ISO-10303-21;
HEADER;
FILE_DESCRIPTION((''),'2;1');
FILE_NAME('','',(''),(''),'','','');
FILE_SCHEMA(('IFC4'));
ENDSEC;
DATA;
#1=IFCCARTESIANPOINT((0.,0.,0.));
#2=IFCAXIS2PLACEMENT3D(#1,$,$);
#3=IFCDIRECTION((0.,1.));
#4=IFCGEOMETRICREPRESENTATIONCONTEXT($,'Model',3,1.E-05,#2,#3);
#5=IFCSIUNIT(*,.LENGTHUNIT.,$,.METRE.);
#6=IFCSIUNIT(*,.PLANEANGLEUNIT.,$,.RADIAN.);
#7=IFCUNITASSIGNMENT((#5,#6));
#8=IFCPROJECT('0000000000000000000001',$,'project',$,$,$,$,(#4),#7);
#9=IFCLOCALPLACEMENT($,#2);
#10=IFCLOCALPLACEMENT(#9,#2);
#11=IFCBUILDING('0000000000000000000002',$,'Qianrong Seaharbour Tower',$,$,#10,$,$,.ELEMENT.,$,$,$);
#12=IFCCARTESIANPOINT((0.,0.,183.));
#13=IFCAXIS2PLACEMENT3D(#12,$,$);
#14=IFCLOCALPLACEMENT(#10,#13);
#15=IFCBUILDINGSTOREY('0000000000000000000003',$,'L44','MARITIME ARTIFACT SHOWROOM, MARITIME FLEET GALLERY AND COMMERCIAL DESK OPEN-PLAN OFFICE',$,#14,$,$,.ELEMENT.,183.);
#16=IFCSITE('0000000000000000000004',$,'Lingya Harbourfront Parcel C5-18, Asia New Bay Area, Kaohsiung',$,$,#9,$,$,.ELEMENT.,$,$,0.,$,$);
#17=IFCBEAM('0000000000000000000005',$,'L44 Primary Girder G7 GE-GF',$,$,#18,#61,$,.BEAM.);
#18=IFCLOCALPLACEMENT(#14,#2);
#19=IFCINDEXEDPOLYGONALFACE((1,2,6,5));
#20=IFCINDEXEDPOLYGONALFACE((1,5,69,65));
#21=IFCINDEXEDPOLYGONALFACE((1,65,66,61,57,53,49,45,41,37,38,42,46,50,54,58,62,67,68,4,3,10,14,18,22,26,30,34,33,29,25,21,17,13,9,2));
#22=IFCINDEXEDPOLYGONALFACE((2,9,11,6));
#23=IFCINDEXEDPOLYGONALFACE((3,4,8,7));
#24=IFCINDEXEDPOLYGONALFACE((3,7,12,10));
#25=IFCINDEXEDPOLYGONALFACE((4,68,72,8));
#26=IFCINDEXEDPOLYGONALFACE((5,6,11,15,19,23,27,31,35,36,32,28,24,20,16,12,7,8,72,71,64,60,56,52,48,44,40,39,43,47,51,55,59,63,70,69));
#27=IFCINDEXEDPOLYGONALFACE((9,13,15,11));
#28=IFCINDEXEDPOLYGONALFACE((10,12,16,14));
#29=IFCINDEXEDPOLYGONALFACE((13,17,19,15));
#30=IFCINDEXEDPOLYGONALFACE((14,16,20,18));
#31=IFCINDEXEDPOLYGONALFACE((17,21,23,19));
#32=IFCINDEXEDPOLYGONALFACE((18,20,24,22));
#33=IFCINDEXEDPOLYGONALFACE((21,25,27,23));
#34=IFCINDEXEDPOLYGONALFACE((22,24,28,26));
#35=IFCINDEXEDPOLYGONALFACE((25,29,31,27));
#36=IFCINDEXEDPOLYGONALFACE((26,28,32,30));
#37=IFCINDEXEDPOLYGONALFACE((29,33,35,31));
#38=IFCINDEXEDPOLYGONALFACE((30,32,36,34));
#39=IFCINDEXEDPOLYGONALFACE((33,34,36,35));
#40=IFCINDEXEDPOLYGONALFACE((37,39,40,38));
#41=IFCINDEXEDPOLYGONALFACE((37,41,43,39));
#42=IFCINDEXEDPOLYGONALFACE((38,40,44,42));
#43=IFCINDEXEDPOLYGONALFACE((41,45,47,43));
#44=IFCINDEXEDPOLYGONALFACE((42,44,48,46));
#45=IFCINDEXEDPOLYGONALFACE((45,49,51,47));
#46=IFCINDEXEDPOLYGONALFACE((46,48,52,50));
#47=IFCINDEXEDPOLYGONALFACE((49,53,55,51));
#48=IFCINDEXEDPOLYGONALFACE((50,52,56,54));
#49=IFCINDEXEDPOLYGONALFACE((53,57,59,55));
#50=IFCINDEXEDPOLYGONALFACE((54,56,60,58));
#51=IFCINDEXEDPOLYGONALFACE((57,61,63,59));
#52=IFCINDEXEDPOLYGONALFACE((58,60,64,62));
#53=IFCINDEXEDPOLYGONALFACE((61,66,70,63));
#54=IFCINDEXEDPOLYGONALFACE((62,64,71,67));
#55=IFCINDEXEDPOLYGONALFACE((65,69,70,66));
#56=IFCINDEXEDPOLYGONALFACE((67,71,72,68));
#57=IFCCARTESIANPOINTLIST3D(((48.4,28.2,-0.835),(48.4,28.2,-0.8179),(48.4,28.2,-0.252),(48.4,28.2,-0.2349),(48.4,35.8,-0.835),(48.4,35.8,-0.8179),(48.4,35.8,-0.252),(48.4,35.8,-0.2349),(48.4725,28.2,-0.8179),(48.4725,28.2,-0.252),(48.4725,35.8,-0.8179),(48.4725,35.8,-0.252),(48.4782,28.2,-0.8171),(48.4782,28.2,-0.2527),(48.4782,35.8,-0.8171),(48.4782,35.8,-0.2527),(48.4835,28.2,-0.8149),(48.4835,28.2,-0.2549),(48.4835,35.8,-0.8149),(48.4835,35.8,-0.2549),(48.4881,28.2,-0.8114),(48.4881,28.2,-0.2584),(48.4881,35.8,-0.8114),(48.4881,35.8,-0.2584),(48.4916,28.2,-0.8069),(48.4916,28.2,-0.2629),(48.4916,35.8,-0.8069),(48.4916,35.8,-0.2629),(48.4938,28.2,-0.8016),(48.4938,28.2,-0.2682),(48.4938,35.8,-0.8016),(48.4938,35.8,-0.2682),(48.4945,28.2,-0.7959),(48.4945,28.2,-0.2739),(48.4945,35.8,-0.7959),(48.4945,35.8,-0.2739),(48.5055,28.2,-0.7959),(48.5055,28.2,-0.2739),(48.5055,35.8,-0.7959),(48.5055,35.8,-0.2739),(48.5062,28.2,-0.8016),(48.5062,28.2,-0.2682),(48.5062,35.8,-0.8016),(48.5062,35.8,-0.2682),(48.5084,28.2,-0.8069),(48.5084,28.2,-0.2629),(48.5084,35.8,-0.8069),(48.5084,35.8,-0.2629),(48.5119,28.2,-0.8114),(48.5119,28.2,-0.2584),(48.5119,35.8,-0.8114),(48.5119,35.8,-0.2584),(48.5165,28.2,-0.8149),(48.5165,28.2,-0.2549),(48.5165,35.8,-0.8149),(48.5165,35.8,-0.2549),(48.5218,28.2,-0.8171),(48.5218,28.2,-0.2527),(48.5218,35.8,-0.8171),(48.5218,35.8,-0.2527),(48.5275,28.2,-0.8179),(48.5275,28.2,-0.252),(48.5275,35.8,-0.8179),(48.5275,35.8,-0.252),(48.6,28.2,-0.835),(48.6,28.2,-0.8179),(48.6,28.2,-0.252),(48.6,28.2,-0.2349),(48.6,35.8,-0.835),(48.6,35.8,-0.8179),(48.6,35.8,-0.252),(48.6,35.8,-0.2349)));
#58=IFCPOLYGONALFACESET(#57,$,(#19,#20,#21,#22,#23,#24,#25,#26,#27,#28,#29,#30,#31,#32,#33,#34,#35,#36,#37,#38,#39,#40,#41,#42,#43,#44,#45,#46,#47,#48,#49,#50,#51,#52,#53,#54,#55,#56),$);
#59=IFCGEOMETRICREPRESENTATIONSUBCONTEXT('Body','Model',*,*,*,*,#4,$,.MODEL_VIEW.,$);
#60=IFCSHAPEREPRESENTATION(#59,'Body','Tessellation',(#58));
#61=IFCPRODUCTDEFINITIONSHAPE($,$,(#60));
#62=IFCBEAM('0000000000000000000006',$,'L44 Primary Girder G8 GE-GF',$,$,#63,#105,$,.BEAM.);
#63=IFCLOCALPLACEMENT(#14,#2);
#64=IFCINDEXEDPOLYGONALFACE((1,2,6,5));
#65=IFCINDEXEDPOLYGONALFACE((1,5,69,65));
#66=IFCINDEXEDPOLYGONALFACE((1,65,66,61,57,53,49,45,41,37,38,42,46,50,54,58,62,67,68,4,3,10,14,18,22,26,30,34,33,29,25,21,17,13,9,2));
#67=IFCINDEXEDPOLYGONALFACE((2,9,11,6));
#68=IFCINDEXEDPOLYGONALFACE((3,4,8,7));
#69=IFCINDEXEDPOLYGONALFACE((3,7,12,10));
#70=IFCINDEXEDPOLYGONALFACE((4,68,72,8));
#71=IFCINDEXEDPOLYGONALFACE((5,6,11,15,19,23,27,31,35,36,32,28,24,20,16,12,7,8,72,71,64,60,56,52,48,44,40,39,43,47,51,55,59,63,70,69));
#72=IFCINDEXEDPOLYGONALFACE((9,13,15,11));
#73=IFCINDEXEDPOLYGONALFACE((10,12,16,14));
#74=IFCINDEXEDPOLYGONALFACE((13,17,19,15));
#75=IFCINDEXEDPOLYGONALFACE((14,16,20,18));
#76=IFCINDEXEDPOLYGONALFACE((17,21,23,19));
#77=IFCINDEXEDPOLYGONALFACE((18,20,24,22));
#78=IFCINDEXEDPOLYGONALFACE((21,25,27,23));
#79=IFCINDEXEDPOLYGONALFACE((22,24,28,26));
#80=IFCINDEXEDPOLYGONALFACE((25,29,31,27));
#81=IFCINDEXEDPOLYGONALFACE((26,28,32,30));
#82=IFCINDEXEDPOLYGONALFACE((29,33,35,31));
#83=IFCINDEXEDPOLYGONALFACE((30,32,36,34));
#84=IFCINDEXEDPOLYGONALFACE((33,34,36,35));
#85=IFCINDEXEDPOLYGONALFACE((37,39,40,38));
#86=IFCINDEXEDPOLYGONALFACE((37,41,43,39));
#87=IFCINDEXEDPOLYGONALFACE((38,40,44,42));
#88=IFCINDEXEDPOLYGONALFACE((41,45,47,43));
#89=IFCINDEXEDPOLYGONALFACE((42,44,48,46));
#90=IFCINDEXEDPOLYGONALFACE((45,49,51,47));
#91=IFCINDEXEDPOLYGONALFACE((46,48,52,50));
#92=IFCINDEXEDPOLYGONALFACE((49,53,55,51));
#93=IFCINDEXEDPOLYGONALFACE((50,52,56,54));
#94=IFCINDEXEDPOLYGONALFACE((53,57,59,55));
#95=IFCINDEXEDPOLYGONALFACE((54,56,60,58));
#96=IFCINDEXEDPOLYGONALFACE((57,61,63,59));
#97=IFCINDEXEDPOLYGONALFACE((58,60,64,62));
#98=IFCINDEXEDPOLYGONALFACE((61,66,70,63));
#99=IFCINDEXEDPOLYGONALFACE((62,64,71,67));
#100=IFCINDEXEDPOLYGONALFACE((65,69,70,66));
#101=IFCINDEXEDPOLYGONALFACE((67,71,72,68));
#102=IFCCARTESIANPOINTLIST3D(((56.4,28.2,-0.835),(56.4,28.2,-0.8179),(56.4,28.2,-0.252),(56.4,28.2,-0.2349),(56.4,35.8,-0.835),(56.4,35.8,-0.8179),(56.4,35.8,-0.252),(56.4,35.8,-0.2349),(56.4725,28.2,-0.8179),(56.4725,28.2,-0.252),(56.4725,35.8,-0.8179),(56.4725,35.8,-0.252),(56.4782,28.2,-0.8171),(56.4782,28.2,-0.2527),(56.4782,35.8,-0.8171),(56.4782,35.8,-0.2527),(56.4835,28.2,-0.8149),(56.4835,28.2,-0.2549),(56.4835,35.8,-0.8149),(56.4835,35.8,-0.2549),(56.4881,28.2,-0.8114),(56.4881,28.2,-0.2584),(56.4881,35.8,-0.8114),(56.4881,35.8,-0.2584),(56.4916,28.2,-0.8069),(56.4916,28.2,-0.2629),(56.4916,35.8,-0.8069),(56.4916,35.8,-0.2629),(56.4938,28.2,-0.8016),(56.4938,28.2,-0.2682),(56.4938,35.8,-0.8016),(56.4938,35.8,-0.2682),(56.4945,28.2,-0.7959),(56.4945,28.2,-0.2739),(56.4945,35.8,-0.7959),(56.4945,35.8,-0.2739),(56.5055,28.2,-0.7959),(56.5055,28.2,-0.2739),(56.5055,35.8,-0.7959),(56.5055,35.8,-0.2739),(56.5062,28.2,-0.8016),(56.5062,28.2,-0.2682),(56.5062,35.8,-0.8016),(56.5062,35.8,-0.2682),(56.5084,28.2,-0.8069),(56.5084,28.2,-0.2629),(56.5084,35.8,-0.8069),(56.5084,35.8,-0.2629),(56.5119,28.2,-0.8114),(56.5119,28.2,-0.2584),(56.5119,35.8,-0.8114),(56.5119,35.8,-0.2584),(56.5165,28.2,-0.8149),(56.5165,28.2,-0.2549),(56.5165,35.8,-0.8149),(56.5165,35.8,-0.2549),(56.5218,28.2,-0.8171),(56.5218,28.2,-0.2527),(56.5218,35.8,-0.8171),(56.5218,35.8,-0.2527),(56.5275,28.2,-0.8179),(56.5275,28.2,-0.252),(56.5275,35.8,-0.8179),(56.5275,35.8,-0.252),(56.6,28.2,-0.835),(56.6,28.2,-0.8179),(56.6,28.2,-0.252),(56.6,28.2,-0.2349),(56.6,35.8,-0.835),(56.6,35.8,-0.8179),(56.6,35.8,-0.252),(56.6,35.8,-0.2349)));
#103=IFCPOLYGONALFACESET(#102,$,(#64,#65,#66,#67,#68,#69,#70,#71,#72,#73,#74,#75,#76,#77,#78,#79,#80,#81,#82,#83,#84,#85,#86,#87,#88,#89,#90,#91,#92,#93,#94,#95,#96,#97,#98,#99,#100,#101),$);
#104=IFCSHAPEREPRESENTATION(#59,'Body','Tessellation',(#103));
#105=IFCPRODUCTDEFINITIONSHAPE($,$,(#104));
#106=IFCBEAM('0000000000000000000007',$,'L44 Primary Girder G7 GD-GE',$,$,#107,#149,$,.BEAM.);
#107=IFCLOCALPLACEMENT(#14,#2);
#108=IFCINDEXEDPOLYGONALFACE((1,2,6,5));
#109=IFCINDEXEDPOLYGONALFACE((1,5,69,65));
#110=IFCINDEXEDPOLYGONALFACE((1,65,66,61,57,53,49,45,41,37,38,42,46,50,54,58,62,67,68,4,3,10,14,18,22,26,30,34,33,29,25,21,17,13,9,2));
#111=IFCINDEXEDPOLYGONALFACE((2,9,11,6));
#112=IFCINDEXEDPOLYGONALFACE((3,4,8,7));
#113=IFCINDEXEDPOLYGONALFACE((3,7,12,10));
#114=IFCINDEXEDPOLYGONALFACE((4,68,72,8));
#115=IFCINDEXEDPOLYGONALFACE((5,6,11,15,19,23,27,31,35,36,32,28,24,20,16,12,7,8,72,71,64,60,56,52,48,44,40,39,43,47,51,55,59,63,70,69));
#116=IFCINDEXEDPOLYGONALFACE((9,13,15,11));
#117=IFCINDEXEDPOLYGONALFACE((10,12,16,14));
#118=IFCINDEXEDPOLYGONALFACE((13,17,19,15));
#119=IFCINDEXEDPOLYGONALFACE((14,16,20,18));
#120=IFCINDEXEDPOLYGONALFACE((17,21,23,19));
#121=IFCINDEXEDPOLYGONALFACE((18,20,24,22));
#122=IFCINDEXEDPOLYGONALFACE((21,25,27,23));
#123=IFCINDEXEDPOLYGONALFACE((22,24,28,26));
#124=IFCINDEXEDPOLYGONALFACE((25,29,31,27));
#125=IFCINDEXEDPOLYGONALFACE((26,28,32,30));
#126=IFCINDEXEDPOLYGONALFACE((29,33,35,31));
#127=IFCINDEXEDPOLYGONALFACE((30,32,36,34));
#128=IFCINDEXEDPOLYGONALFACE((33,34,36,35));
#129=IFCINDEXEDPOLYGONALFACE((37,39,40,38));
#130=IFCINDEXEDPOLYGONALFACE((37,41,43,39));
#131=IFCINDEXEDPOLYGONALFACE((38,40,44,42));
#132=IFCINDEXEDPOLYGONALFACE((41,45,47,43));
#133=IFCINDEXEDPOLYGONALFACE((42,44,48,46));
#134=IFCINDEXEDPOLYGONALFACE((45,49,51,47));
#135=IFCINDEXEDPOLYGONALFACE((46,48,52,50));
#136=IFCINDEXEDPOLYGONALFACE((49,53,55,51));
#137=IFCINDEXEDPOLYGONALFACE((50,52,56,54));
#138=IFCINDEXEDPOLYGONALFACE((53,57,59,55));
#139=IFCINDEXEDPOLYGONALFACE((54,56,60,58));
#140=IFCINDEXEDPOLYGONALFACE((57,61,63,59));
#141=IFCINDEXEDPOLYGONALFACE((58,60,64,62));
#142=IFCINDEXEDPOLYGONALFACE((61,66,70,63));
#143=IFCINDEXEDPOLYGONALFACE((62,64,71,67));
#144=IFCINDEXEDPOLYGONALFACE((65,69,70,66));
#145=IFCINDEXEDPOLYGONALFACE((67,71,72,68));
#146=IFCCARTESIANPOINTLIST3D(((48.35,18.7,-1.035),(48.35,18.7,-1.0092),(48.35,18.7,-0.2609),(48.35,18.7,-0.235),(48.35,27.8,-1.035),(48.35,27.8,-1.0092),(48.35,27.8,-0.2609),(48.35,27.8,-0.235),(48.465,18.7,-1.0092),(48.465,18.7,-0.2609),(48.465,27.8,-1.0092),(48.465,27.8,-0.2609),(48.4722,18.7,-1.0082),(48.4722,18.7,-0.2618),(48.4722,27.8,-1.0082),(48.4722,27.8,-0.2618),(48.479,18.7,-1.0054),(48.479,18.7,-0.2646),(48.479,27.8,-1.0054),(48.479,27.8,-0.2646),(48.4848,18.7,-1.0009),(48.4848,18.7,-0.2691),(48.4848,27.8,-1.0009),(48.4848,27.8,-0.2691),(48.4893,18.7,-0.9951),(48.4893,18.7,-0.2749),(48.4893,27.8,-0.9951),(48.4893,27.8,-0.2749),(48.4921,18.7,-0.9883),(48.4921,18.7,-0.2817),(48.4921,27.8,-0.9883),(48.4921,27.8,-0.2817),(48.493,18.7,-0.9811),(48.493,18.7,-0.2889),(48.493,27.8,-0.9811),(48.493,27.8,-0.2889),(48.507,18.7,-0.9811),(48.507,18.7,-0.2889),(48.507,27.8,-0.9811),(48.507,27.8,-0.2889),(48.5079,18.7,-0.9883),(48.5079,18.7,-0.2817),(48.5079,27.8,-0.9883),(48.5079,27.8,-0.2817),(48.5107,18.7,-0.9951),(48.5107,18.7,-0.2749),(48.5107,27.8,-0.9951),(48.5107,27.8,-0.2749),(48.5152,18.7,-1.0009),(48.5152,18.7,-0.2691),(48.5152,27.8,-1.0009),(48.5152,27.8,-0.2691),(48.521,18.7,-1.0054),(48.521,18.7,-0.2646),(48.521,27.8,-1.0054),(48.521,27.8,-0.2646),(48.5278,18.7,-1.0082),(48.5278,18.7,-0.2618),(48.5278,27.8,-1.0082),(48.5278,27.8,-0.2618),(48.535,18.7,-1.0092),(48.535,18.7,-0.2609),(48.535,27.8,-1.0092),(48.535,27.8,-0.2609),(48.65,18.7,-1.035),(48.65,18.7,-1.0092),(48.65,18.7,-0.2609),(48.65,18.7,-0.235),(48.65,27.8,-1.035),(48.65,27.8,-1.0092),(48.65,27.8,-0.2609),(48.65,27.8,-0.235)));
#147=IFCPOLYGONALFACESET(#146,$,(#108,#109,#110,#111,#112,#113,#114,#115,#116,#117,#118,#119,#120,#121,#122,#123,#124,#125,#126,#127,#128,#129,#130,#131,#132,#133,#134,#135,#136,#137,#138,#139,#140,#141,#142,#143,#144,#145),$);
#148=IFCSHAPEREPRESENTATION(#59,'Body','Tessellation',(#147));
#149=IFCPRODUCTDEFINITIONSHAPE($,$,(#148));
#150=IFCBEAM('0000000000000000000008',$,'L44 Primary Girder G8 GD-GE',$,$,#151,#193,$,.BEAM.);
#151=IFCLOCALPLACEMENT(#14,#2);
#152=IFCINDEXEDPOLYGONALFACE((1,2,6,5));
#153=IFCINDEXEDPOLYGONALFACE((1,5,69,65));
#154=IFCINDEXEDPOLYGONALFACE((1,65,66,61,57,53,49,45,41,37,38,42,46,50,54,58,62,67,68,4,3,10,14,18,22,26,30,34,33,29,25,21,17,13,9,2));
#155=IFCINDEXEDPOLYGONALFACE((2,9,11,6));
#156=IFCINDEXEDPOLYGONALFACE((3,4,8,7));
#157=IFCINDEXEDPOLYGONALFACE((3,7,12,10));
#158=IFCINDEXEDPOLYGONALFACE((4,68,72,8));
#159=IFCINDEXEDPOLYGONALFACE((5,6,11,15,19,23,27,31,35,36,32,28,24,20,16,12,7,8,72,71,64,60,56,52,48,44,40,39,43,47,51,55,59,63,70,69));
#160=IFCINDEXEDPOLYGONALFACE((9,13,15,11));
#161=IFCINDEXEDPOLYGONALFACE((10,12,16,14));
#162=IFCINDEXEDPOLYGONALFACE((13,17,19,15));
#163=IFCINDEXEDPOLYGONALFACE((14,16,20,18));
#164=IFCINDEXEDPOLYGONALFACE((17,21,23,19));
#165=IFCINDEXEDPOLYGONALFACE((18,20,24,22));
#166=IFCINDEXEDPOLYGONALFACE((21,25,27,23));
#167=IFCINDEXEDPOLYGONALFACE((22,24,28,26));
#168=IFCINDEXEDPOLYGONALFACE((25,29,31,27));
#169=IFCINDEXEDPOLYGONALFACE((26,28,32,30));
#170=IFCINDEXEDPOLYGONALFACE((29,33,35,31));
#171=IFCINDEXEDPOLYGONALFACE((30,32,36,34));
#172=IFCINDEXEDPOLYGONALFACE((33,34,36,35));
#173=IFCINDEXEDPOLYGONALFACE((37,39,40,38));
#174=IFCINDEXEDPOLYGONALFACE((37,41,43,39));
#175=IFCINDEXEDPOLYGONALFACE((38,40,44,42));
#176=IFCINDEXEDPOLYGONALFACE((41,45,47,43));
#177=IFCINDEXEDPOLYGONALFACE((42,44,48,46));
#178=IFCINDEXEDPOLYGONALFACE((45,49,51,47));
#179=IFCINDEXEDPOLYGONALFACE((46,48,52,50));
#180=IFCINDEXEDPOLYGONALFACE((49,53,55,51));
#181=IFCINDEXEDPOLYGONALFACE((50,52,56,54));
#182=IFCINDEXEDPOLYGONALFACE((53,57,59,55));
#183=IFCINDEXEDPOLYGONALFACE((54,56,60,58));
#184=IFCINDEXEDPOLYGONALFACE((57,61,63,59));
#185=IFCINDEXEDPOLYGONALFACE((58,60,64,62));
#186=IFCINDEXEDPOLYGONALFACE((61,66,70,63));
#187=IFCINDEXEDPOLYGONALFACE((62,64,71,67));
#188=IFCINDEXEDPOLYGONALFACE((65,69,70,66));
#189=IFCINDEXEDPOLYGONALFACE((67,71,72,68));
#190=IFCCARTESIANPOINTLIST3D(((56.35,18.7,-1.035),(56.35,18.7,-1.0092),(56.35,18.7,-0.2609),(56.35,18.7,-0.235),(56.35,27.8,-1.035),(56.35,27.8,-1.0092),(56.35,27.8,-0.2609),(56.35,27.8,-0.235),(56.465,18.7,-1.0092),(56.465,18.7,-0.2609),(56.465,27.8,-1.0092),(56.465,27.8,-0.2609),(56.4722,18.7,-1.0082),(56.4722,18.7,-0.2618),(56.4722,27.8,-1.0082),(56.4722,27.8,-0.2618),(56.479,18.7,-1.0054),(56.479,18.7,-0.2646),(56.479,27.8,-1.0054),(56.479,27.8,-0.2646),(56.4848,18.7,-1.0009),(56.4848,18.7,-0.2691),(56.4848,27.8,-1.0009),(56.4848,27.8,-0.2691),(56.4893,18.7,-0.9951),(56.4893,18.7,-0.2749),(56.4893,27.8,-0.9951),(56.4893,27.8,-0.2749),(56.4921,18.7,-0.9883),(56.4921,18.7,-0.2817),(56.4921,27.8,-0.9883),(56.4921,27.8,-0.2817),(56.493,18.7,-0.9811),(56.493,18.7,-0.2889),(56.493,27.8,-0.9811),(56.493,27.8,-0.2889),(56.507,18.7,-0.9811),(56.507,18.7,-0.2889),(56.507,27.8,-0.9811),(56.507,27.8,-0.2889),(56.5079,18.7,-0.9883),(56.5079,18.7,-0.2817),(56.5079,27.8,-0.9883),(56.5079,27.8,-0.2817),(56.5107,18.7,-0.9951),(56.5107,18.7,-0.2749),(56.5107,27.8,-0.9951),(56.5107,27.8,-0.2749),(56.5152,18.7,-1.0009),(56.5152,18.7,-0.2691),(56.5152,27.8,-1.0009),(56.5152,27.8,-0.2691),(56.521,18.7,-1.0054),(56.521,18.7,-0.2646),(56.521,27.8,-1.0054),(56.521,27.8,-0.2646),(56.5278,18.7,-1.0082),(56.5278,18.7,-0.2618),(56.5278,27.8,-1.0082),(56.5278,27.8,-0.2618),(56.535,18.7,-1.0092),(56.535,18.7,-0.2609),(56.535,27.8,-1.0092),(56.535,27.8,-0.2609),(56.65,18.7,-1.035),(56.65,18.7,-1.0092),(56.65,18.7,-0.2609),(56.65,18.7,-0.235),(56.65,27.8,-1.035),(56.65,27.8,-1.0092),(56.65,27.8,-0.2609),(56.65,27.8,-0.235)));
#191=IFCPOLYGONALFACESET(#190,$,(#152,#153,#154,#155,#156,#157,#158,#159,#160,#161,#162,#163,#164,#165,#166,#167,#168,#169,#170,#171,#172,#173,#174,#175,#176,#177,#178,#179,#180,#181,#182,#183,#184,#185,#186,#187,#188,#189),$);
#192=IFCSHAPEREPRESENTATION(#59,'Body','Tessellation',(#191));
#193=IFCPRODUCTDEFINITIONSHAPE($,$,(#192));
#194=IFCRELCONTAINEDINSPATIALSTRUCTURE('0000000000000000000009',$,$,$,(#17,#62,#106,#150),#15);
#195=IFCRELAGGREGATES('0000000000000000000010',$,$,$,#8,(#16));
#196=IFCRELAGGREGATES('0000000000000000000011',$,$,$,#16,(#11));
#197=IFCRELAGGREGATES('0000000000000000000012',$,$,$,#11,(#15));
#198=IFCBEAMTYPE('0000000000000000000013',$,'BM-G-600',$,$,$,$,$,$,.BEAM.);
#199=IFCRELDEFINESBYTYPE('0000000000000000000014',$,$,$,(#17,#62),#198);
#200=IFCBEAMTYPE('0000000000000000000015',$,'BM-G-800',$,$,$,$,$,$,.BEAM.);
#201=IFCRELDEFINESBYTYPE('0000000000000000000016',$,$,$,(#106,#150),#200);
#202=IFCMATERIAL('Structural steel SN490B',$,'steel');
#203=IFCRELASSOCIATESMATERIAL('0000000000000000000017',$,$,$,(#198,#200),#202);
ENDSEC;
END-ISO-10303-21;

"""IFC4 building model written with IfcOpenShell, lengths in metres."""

from ifc_helpers import new_model, si_unit, direction, frame, origin, origin_2d, place, context, subcontext, project, spatial, i_section, extrude, material, material_profile, profile_set, type_object, element, save


model = new_model("IFC4")

# Units and contexts
model_context = context("Model", 3, precision=1e-05, world=origin(), true_north=direction((0.0, 1.0)))
body_context = subcontext(model_context, "Body", "Model", "MODEL_VIEW")
ifc_project = project(units=[si_unit("LENGTHUNIT", "METRE"), si_unit("PLANEANGLEUNIT", "RADIAN")], contexts=[model_context])

# Site, building, storey
site_placement = place(None, origin())
site = spatial("IfcSite", under=ifc_project, at=site_placement, Name="Lingya Harbourfront Parcel C5-18, Asia New Bay Area, Kaohsiung", CompositionType="ELEMENT", RefElevation=0.0)
building_placement = place(site_placement, origin())
building = spatial("IfcBuilding", under=site, at=building_placement, Name="Qianrong Seaharbour Tower", CompositionType="ELEMENT")
storey_placement = place(building_placement, frame((0.0, 0.0, 183.0)))
storey = spatial("IfcBuildingStorey", under=building, at=storey_placement, Name="L44", Description="MARITIME ARTIFACT SHOWROOM, MARITIME FLEET GALLERY AND COMMERCIAL DESK OPEN-PLAN OFFICE", CompositionType="ELEMENT", Elevation=183.0)

# Shared definitions
ifc_material_1 = material(Name="Structural steel SN490B", Category="steel")

# Beams
ifc_material_profile_1 = material_profile(ifc_material_1, i_section(OverallWidth=0.2, OverallDepth=0.6001, WebThickness=0.011, FlangeThickness=0.0171, FilletRadius=0.022, at=origin_2d()), Name="H600x200x11x17")
ifc_profile_set_1 = profile_set([ifc_material_profile_1], Name="Structural steel SN490B")
beam_type_1 = type_object("IfcBeamType", Name="BM-G-600", PredefinedType="BEAM", material=ifc_profile_set_1)
for number, where, z_axis, x_axis, name in (
    (1, (48.5, 28.2, -0.5349), (0.0, 1.0, 0.0), (-1.0, 0.0, 0.0), "L44 Primary Girder G7 GE-GF"),
    (2, (56.5, 28.2, -0.5349), (0.0, 1.0, 0.0), (-1.0, 0.0, 0.0), "L44 Primary Girder G8 GE-GF"),
):
    element("IfcBeam", number, at=place(storey_placement, frame(where, z_axis=z_axis, x_axis=x_axis)), inside=storey, type_object=beam_type_1, Name=name, PredefinedType="BEAM", context=body_context, shape_type="SweptSolid", body=[
        extrude(i_section(OverallWidth=0.2, OverallDepth=0.6001, WebThickness=0.011, FlangeThickness=0.0171, FilletRadius=0.022, at=origin_2d()), origin(), (0.0, 0.0, 1.0), 7.6001),
    ])
ifc_material_profile_2 = material_profile(ifc_material_1, i_section(OverallWidth=0.3, OverallDepth=0.8, WebThickness=0.0139, FlangeThickness=0.0259, FilletRadius=0.0281, at=origin_2d()), Name="H800x300x14x26")
ifc_profile_set_2 = profile_set([ifc_material_profile_2], Name="Structural steel SN490B")
beam_type_2 = type_object("IfcBeamType", Name="BM-G-800", PredefinedType="BEAM", material=ifc_profile_set_2)
for number, where, z_axis, x_axis, name in (
    (3, (48.5, 18.7, -0.635), (0.0, 1.0, 0.0), (-1.0, 0.0, 0.0), "L44 Primary Girder G7 GD-GE"),
    (4, (56.5, 18.7, -0.635), (0.0, 1.0, 0.0), (-1.0, 0.0, 0.0), "L44 Primary Girder G8 GD-GE"),
):
    element("IfcBeam", number, at=place(storey_placement, frame(where, z_axis=z_axis, x_axis=x_axis)), inside=storey, type_object=beam_type_2, Name=name, PredefinedType="BEAM", context=body_context, shape_type="SweptSolid", body=[
        extrude(i_section(OverallWidth=0.3, OverallDepth=0.8, WebThickness=0.0139, FlangeThickness=0.0259, FilletRadius=0.0281, at=origin_2d()), origin(), (0.0, 0.0, 1.0), 9.1001),
    ])

save(model, "model.ifc")
